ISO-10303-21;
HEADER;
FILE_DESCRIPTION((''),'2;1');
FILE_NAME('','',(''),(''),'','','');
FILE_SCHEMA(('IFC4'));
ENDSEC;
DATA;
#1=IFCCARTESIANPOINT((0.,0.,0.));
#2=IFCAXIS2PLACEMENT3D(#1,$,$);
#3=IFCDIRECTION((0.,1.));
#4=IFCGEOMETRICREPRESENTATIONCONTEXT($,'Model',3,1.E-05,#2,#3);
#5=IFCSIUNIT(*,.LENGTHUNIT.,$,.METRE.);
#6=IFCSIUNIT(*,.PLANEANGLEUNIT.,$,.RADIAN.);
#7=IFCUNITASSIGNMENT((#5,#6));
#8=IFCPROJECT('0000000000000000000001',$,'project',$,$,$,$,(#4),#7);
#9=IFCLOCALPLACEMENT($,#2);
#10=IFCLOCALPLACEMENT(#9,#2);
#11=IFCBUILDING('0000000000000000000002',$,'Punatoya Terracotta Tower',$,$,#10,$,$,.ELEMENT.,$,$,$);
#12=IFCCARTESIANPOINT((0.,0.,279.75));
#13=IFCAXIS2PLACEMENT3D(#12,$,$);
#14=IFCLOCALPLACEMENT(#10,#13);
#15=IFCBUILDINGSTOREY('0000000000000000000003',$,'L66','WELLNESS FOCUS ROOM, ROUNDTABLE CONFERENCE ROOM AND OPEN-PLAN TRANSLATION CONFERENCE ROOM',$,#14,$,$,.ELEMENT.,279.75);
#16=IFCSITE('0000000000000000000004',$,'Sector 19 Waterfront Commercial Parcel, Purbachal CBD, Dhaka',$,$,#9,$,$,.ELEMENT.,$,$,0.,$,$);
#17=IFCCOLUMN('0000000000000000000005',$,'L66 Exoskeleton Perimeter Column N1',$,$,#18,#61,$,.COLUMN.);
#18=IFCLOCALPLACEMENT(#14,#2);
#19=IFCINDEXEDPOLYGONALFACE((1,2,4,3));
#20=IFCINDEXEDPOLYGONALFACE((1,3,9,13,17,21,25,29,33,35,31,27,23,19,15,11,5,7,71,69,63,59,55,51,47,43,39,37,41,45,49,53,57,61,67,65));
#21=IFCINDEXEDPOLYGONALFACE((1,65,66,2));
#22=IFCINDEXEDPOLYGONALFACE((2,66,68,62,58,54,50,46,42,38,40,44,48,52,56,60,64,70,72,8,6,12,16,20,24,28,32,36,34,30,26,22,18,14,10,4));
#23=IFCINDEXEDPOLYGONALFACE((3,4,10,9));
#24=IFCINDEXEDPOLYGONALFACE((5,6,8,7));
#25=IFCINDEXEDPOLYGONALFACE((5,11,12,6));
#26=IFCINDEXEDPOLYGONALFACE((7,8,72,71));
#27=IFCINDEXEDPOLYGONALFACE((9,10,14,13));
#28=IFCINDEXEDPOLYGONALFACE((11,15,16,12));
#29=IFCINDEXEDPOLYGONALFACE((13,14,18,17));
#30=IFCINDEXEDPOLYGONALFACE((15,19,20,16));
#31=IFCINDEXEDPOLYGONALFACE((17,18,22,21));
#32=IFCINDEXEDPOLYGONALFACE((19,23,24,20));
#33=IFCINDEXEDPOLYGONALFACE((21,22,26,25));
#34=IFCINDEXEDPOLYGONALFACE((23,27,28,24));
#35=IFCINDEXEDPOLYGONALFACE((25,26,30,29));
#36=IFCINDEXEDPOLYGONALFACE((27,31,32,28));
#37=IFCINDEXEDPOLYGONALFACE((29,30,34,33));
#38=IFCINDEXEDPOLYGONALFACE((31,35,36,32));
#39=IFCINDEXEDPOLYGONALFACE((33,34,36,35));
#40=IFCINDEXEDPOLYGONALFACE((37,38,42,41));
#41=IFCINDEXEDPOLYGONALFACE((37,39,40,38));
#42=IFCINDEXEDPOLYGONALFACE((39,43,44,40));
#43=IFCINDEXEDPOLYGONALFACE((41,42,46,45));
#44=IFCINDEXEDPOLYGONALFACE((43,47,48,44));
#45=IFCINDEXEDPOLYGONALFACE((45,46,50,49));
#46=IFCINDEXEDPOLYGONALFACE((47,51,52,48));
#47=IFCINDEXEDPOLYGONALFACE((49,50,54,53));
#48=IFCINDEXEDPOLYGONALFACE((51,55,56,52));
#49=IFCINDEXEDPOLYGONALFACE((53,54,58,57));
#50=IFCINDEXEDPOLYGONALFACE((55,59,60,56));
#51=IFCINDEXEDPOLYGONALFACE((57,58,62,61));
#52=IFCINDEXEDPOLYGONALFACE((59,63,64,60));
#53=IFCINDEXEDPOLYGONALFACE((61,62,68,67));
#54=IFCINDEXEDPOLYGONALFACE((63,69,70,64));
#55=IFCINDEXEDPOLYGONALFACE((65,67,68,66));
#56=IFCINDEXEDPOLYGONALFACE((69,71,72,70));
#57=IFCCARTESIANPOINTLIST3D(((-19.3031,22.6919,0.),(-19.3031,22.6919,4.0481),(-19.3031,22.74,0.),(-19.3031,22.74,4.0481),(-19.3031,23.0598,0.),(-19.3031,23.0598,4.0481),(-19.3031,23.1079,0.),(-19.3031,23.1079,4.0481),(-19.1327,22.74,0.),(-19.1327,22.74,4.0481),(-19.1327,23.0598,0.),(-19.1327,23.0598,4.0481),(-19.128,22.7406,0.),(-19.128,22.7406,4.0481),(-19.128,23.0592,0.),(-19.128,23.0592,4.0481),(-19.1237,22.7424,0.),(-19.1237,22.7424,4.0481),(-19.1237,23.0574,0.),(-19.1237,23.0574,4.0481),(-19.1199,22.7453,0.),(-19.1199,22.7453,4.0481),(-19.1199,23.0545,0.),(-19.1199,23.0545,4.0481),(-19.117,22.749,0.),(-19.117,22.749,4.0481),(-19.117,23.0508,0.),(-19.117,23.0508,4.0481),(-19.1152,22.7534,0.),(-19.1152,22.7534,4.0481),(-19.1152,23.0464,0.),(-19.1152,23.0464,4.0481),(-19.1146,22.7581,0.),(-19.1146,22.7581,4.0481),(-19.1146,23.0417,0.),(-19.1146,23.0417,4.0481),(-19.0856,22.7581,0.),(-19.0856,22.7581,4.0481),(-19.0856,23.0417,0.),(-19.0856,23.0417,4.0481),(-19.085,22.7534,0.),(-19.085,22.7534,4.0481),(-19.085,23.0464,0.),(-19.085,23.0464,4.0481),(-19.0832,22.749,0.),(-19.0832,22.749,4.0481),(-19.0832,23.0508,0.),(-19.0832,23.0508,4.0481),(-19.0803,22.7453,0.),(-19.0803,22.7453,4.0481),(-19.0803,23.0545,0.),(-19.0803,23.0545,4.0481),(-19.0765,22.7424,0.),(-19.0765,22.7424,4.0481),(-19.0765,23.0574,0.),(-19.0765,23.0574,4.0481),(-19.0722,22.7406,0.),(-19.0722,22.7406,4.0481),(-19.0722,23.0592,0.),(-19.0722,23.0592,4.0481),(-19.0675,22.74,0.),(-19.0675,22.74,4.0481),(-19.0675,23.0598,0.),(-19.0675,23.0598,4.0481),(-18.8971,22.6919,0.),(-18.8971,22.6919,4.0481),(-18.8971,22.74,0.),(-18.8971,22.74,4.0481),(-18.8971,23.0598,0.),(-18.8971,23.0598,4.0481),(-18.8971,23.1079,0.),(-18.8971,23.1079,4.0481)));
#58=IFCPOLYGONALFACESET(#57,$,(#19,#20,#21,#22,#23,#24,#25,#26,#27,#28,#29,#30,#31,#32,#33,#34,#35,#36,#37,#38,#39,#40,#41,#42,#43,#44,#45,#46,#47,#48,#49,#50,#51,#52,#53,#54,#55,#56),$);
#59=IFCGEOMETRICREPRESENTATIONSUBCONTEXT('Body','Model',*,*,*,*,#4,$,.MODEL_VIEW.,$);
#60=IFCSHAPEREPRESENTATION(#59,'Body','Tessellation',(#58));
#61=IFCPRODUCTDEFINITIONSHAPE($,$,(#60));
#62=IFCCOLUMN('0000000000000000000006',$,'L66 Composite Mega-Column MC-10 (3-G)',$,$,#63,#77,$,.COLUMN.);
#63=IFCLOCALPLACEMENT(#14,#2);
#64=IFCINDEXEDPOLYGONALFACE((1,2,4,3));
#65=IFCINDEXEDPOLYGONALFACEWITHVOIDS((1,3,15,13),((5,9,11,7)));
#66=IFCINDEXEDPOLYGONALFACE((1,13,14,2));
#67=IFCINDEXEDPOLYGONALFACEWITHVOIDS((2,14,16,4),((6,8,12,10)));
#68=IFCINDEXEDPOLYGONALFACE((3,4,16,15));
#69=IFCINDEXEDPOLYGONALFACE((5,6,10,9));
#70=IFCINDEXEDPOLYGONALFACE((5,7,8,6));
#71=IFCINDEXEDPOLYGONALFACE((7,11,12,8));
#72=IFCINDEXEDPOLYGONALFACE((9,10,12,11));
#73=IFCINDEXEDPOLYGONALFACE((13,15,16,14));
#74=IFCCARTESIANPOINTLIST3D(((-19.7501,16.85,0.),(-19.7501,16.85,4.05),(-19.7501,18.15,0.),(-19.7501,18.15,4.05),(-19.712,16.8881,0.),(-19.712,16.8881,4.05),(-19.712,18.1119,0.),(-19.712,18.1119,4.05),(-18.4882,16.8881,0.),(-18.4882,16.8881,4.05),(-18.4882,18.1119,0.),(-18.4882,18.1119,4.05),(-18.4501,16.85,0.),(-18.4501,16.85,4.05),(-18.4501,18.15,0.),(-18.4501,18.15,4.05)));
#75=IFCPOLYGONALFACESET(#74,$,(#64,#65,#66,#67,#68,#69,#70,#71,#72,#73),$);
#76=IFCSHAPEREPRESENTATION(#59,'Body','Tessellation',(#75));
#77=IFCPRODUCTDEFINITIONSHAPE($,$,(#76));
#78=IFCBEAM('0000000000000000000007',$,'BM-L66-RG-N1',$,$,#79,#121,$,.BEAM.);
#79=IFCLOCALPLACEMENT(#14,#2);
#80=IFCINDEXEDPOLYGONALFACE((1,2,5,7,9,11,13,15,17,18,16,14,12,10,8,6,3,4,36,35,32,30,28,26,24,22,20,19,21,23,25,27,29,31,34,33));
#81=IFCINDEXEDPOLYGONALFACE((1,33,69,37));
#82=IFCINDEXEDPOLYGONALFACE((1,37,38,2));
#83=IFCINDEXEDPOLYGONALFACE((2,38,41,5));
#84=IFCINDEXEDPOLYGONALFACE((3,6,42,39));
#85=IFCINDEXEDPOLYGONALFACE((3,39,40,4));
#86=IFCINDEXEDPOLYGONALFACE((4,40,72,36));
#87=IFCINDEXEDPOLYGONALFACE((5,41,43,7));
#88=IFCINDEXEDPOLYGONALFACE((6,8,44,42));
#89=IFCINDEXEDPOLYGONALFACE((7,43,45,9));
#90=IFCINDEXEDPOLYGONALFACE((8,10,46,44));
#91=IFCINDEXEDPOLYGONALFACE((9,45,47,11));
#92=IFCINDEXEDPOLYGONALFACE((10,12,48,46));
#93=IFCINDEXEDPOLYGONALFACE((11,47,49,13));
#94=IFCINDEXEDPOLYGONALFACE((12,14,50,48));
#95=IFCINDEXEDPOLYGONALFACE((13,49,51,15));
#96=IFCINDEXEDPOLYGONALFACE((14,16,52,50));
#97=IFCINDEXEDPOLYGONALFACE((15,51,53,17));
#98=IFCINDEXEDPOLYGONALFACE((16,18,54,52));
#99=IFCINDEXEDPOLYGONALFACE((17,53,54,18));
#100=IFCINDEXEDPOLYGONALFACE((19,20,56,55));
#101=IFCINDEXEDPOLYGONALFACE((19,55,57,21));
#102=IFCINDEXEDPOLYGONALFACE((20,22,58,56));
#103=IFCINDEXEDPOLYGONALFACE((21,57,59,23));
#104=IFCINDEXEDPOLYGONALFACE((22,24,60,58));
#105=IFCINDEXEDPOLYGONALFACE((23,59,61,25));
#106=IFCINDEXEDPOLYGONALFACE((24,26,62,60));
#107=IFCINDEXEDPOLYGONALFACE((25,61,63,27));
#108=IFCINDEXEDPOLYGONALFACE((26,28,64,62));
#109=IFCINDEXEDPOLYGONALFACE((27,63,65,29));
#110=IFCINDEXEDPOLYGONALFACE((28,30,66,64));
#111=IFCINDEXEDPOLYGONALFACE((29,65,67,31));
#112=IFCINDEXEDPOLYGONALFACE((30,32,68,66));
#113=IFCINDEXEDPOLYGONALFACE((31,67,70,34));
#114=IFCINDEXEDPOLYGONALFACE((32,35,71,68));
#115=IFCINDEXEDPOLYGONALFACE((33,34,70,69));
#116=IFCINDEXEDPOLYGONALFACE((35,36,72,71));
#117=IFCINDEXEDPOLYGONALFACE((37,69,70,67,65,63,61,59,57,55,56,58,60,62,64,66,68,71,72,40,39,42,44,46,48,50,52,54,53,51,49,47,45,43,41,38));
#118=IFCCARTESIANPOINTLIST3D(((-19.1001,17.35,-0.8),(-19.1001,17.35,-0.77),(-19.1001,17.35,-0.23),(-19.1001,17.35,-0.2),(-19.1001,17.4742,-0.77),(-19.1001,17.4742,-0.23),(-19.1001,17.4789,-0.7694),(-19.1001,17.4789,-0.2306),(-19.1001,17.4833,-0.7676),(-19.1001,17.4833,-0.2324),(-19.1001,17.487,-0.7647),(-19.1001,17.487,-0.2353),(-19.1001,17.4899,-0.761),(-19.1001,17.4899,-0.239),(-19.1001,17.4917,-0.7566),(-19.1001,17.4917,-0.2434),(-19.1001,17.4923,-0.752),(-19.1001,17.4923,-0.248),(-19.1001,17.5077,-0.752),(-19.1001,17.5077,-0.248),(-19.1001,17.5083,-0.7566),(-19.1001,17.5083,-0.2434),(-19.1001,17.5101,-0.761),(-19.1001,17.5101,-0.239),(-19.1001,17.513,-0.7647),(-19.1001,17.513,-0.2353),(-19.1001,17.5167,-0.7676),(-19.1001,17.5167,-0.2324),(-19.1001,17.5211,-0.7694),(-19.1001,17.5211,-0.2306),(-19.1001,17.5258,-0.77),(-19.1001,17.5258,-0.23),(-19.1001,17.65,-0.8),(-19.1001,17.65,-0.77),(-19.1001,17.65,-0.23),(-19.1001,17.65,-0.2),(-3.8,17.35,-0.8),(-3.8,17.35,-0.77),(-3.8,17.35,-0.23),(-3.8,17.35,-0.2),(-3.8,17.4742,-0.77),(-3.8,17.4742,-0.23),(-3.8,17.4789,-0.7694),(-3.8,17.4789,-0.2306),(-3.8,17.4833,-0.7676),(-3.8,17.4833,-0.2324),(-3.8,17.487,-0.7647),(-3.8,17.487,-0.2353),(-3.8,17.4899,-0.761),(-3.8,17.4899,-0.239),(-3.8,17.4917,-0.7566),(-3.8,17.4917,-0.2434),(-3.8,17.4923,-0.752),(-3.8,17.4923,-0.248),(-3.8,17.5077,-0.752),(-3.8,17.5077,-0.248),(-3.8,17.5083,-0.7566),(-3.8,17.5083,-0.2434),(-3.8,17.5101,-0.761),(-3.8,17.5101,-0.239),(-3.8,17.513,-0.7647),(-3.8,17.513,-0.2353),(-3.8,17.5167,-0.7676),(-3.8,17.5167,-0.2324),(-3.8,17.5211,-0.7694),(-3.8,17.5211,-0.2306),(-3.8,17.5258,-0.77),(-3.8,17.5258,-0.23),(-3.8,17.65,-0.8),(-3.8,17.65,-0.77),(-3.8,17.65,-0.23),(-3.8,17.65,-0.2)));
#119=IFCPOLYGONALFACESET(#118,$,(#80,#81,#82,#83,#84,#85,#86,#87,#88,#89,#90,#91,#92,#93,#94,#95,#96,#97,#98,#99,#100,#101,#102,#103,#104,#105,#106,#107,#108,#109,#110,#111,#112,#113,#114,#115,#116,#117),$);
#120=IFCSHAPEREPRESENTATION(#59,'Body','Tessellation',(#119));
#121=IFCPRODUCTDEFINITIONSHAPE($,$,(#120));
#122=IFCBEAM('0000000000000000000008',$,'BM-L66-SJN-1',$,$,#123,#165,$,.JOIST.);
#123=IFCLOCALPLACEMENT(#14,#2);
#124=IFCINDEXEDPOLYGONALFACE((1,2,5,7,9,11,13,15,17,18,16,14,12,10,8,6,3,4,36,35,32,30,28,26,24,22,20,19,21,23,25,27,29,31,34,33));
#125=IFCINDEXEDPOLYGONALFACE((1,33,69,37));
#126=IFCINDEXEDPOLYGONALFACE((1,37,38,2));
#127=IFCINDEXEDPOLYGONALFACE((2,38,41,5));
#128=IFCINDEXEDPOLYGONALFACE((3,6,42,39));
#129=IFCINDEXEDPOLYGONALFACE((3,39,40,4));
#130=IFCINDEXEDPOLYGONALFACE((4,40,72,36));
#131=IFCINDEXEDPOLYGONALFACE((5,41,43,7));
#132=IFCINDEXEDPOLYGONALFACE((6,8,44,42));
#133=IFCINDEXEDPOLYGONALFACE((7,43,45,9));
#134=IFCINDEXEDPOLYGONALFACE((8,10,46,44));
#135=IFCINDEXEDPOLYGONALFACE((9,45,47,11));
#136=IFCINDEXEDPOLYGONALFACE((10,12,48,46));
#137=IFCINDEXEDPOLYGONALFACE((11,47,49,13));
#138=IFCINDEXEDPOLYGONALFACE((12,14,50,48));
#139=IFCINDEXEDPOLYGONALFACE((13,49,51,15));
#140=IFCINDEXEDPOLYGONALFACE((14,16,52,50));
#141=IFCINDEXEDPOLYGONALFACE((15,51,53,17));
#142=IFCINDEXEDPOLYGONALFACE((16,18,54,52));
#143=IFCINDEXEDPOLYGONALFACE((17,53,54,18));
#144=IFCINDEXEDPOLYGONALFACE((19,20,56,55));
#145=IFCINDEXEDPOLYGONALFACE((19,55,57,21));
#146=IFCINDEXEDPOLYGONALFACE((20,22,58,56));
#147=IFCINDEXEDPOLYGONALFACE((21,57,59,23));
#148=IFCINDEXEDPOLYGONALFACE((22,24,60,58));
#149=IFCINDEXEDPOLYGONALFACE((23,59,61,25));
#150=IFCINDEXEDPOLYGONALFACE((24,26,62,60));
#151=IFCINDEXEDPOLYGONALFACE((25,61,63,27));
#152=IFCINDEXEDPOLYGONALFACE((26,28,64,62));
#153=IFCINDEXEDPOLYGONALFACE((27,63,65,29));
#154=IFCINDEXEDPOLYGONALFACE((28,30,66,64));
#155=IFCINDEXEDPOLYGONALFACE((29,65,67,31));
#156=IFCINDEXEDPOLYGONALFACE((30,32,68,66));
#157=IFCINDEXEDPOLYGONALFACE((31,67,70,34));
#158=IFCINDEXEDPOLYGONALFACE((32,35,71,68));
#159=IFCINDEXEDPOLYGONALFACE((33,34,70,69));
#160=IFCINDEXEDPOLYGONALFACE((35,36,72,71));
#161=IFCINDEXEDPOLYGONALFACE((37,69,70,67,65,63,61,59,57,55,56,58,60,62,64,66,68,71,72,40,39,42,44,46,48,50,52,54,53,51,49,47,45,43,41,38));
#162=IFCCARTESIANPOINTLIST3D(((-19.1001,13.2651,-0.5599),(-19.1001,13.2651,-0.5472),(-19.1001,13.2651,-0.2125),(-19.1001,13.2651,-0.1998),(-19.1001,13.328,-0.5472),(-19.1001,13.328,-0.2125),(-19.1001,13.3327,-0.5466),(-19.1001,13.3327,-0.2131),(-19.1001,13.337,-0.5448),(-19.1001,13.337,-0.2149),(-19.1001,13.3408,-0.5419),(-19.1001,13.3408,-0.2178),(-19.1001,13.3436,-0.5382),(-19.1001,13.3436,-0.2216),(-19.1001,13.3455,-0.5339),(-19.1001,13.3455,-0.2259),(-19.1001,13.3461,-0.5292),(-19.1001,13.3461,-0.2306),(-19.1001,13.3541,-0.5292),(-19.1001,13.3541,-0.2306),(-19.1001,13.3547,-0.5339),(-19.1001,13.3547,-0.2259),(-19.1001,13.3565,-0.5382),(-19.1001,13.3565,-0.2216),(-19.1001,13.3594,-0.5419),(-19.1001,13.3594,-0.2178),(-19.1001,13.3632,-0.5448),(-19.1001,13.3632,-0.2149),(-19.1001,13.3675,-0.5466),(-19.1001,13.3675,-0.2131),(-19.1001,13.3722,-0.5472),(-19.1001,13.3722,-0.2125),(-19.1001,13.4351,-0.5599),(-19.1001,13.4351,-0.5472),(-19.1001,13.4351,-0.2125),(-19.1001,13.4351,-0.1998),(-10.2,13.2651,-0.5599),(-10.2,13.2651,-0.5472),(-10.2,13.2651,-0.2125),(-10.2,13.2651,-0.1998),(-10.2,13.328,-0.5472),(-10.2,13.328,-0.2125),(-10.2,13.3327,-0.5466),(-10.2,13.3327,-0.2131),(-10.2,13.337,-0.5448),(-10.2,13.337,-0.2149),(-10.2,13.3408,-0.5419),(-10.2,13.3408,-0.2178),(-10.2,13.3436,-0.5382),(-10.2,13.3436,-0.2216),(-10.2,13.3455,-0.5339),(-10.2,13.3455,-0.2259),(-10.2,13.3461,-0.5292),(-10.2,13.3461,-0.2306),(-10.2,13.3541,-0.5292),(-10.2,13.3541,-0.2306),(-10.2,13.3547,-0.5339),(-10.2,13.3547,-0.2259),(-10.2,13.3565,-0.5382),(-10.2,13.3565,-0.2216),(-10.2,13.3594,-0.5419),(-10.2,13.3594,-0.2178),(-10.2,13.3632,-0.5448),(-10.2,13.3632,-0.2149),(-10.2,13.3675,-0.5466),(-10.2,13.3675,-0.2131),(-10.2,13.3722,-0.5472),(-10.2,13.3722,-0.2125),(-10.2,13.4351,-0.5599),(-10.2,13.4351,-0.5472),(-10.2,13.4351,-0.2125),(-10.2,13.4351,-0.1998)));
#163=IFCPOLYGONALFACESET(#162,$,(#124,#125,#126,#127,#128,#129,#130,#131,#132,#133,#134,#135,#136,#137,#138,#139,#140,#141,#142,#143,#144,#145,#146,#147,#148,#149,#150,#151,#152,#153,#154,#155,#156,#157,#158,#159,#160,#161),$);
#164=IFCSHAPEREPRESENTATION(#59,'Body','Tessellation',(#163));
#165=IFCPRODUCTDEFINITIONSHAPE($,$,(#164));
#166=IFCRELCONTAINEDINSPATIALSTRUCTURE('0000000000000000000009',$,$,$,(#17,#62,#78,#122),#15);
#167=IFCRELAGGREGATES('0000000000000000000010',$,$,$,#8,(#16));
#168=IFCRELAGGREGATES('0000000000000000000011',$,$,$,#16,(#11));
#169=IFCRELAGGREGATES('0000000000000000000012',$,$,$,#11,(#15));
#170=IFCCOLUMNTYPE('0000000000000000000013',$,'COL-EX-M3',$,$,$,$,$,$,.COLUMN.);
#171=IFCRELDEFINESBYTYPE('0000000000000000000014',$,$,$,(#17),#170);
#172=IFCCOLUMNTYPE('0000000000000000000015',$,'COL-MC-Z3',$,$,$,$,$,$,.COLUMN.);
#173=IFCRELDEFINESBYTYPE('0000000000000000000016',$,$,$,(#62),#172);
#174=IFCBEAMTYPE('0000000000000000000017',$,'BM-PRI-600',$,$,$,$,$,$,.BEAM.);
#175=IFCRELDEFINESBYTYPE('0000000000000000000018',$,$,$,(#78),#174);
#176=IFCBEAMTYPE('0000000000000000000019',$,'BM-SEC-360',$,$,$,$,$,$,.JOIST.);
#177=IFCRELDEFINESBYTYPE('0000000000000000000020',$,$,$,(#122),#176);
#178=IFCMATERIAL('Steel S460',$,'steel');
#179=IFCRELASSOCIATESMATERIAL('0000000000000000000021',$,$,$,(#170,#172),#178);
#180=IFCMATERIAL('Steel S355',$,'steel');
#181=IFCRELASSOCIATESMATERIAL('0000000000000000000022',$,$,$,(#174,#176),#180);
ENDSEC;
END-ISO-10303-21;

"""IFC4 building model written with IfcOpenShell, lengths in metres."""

from ifc_helpers import new_model, si_unit, direction, frame, origin, origin_2d, place, context, subcontext, project, spatial, hollow_rectangle, i_section, extrude, material, material_profile, profile_set, type_object, element, save


model = new_model("IFC4")

# Units and contexts
model_context = context("Model", 3, precision=1e-05, world=origin(), true_north=direction((0.0, 1.0)))
body_context = subcontext(model_context, "Body", "Model", "MODEL_VIEW")
ifc_project = project(units=[si_unit("LENGTHUNIT", "METRE"), si_unit("PLANEANGLEUNIT", "RADIAN")], contexts=[model_context])

# Site, building, storey
site_placement = place(None, origin())
site = spatial("IfcSite", under=ifc_project, at=site_placement, Name="Sector 19 Waterfront Commercial Parcel, Purbachal CBD, Dhaka", CompositionType="ELEMENT", RefElevation=0.0)
building_placement = place(site_placement, origin())
building = spatial("IfcBuilding", under=site, at=building_placement, Name="Punatoya Terracotta Tower", CompositionType="ELEMENT")
storey_placement = place(building_placement, frame((0.0, 0.0, 279.75)))
storey = spatial("IfcBuildingStorey", under=building, at=storey_placement, Name="L66", Description="WELLNESS FOCUS ROOM, ROUNDTABLE CONFERENCE ROOM AND OPEN-PLAN TRANSLATION CONFERENCE ROOM", CompositionType="ELEMENT", Elevation=279.75)

# Columns
ifc_material_1 = material(Name="Steel S460", Category="steel")
ifc_material_profile_1 = material_profile(ifc_material_1, i_section(OverallWidth=0.406, OverallDepth=0.416, WebThickness=0.0291, FlangeThickness=0.0481, FilletRadius=0.0181, at=origin_2d()))
ifc_profile_set_1 = profile_set([ifc_material_profile_1], Name="Steel S460")
column_type_1 = type_object("IfcColumnType", Name="COL-EX-M3", PredefinedType="COLUMN", material=ifc_profile_set_1)
column_1_placement = place(storey_placement, frame((-19.1001, 22.8999, 0.0), z_axis=(0.0, 0.0, 1.0), x_axis=(1.0, 0.0, 0.0)))
element("IfcColumn", 1, at=column_1_placement, inside=storey, type_object=column_type_1, Name="L66 Exoskeleton Perimeter Column N1", PredefinedType="COLUMN", context=body_context, shape_type="SweptSolid", body=[
    extrude(i_section(OverallWidth=0.406, OverallDepth=0.416, WebThickness=0.0291, FlangeThickness=0.0481, FilletRadius=0.0181, at=origin_2d()), origin(), (0.0, 0.0, 1.0), 4.0481),
])
ifc_material_profile_2 = material_profile(ifc_material_1, hollow_rectangle(XDim=1.3, YDim=1.3, WallThickness=0.0381, at=origin_2d()))
ifc_profile_set_2 = profile_set([ifc_material_profile_2], Name="Steel S460")
column_type_2 = type_object("IfcColumnType", Name="COL-MC-Z3", PredefinedType="COLUMN", material=ifc_profile_set_2)
column_2_placement = place(storey_placement, frame((-19.1001, 17.5, 0.0), z_axis=(0.0, 0.0, 1.0), x_axis=(1.0, 0.0, 0.0)))
element("IfcColumn", 2, at=column_2_placement, inside=storey, type_object=column_type_2, Name="L66 Composite Mega-Column MC-10 (3-G)", PredefinedType="COLUMN", context=body_context, shape_type="SweptSolid", body=[
    extrude(hollow_rectangle(XDim=1.3, YDim=1.3, WallThickness=0.0381, at=origin_2d()), origin(), (0.0, 0.0, 1.0), 4.05),
])

# Beams
ifc_material_2 = material(Name="Steel S355", Category="steel")
ifc_material_profile_3 = material_profile(ifc_material_2, i_section(OverallWidth=0.3, OverallDepth=0.6001, WebThickness=0.0154, FlangeThickness=0.03, FilletRadius=0.0181, at=origin_2d()))
ifc_profile_set_3 = profile_set([ifc_material_profile_3], Name="Steel S355")
beam_type_1 = type_object("IfcBeamType", Name="BM-PRI-600", PredefinedType="BEAM", material=ifc_profile_set_3)
beam_1_placement = place(storey_placement, frame((-19.1001, 17.5, -0.5), z_axis=(1.0, 0.0, 0.0), x_axis=(0.0, 1.0, 0.0)))
element("IfcBeam", 3, at=beam_1_placement, inside=storey, type_object=beam_type_1, Name="BM-L66-RG-N1", PredefinedType="BEAM", context=body_context, shape_type="SweptSolid", body=[
    extrude(i_section(OverallWidth=0.3, OverallDepth=0.6001, WebThickness=0.0154, FlangeThickness=0.03, FilletRadius=0.0181, at=origin_2d()), origin(), (0.0, 0.0, 1.0), 15.3),
])
ifc_material_profile_4 = material_profile(ifc_material_2, i_section(OverallWidth=0.1699, OverallDepth=0.3601, WebThickness=0.0081, FlangeThickness=0.0127, FilletRadius=0.0181, at=origin_2d()))
ifc_profile_set_4 = profile_set([ifc_material_profile_4], Name="Steel S355")
beam_type_2 = type_object("IfcBeamType", Name="BM-SEC-360", PredefinedType="JOIST", material=ifc_profile_set_4)
beam_2_placement = place(storey_placement, frame((-19.1001, 13.3501, -0.3799), z_axis=(1.0, 0.0, 0.0), x_axis=(0.0, 1.0, 0.0)))
element("IfcBeam", 4, at=beam_2_placement, inside=storey, type_object=beam_type_2, Name="BM-L66-SJN-1", PredefinedType="JOIST", context=body_context, shape_type="SweptSolid", body=[
    extrude(i_section(OverallWidth=0.1699, OverallDepth=0.3601, WebThickness=0.0081, FlangeThickness=0.0127, FilletRadius=0.0181, at=origin_2d()), origin(), (0.0, 0.0, 1.0), 8.9001),
])

save(model, "model.ifc")
